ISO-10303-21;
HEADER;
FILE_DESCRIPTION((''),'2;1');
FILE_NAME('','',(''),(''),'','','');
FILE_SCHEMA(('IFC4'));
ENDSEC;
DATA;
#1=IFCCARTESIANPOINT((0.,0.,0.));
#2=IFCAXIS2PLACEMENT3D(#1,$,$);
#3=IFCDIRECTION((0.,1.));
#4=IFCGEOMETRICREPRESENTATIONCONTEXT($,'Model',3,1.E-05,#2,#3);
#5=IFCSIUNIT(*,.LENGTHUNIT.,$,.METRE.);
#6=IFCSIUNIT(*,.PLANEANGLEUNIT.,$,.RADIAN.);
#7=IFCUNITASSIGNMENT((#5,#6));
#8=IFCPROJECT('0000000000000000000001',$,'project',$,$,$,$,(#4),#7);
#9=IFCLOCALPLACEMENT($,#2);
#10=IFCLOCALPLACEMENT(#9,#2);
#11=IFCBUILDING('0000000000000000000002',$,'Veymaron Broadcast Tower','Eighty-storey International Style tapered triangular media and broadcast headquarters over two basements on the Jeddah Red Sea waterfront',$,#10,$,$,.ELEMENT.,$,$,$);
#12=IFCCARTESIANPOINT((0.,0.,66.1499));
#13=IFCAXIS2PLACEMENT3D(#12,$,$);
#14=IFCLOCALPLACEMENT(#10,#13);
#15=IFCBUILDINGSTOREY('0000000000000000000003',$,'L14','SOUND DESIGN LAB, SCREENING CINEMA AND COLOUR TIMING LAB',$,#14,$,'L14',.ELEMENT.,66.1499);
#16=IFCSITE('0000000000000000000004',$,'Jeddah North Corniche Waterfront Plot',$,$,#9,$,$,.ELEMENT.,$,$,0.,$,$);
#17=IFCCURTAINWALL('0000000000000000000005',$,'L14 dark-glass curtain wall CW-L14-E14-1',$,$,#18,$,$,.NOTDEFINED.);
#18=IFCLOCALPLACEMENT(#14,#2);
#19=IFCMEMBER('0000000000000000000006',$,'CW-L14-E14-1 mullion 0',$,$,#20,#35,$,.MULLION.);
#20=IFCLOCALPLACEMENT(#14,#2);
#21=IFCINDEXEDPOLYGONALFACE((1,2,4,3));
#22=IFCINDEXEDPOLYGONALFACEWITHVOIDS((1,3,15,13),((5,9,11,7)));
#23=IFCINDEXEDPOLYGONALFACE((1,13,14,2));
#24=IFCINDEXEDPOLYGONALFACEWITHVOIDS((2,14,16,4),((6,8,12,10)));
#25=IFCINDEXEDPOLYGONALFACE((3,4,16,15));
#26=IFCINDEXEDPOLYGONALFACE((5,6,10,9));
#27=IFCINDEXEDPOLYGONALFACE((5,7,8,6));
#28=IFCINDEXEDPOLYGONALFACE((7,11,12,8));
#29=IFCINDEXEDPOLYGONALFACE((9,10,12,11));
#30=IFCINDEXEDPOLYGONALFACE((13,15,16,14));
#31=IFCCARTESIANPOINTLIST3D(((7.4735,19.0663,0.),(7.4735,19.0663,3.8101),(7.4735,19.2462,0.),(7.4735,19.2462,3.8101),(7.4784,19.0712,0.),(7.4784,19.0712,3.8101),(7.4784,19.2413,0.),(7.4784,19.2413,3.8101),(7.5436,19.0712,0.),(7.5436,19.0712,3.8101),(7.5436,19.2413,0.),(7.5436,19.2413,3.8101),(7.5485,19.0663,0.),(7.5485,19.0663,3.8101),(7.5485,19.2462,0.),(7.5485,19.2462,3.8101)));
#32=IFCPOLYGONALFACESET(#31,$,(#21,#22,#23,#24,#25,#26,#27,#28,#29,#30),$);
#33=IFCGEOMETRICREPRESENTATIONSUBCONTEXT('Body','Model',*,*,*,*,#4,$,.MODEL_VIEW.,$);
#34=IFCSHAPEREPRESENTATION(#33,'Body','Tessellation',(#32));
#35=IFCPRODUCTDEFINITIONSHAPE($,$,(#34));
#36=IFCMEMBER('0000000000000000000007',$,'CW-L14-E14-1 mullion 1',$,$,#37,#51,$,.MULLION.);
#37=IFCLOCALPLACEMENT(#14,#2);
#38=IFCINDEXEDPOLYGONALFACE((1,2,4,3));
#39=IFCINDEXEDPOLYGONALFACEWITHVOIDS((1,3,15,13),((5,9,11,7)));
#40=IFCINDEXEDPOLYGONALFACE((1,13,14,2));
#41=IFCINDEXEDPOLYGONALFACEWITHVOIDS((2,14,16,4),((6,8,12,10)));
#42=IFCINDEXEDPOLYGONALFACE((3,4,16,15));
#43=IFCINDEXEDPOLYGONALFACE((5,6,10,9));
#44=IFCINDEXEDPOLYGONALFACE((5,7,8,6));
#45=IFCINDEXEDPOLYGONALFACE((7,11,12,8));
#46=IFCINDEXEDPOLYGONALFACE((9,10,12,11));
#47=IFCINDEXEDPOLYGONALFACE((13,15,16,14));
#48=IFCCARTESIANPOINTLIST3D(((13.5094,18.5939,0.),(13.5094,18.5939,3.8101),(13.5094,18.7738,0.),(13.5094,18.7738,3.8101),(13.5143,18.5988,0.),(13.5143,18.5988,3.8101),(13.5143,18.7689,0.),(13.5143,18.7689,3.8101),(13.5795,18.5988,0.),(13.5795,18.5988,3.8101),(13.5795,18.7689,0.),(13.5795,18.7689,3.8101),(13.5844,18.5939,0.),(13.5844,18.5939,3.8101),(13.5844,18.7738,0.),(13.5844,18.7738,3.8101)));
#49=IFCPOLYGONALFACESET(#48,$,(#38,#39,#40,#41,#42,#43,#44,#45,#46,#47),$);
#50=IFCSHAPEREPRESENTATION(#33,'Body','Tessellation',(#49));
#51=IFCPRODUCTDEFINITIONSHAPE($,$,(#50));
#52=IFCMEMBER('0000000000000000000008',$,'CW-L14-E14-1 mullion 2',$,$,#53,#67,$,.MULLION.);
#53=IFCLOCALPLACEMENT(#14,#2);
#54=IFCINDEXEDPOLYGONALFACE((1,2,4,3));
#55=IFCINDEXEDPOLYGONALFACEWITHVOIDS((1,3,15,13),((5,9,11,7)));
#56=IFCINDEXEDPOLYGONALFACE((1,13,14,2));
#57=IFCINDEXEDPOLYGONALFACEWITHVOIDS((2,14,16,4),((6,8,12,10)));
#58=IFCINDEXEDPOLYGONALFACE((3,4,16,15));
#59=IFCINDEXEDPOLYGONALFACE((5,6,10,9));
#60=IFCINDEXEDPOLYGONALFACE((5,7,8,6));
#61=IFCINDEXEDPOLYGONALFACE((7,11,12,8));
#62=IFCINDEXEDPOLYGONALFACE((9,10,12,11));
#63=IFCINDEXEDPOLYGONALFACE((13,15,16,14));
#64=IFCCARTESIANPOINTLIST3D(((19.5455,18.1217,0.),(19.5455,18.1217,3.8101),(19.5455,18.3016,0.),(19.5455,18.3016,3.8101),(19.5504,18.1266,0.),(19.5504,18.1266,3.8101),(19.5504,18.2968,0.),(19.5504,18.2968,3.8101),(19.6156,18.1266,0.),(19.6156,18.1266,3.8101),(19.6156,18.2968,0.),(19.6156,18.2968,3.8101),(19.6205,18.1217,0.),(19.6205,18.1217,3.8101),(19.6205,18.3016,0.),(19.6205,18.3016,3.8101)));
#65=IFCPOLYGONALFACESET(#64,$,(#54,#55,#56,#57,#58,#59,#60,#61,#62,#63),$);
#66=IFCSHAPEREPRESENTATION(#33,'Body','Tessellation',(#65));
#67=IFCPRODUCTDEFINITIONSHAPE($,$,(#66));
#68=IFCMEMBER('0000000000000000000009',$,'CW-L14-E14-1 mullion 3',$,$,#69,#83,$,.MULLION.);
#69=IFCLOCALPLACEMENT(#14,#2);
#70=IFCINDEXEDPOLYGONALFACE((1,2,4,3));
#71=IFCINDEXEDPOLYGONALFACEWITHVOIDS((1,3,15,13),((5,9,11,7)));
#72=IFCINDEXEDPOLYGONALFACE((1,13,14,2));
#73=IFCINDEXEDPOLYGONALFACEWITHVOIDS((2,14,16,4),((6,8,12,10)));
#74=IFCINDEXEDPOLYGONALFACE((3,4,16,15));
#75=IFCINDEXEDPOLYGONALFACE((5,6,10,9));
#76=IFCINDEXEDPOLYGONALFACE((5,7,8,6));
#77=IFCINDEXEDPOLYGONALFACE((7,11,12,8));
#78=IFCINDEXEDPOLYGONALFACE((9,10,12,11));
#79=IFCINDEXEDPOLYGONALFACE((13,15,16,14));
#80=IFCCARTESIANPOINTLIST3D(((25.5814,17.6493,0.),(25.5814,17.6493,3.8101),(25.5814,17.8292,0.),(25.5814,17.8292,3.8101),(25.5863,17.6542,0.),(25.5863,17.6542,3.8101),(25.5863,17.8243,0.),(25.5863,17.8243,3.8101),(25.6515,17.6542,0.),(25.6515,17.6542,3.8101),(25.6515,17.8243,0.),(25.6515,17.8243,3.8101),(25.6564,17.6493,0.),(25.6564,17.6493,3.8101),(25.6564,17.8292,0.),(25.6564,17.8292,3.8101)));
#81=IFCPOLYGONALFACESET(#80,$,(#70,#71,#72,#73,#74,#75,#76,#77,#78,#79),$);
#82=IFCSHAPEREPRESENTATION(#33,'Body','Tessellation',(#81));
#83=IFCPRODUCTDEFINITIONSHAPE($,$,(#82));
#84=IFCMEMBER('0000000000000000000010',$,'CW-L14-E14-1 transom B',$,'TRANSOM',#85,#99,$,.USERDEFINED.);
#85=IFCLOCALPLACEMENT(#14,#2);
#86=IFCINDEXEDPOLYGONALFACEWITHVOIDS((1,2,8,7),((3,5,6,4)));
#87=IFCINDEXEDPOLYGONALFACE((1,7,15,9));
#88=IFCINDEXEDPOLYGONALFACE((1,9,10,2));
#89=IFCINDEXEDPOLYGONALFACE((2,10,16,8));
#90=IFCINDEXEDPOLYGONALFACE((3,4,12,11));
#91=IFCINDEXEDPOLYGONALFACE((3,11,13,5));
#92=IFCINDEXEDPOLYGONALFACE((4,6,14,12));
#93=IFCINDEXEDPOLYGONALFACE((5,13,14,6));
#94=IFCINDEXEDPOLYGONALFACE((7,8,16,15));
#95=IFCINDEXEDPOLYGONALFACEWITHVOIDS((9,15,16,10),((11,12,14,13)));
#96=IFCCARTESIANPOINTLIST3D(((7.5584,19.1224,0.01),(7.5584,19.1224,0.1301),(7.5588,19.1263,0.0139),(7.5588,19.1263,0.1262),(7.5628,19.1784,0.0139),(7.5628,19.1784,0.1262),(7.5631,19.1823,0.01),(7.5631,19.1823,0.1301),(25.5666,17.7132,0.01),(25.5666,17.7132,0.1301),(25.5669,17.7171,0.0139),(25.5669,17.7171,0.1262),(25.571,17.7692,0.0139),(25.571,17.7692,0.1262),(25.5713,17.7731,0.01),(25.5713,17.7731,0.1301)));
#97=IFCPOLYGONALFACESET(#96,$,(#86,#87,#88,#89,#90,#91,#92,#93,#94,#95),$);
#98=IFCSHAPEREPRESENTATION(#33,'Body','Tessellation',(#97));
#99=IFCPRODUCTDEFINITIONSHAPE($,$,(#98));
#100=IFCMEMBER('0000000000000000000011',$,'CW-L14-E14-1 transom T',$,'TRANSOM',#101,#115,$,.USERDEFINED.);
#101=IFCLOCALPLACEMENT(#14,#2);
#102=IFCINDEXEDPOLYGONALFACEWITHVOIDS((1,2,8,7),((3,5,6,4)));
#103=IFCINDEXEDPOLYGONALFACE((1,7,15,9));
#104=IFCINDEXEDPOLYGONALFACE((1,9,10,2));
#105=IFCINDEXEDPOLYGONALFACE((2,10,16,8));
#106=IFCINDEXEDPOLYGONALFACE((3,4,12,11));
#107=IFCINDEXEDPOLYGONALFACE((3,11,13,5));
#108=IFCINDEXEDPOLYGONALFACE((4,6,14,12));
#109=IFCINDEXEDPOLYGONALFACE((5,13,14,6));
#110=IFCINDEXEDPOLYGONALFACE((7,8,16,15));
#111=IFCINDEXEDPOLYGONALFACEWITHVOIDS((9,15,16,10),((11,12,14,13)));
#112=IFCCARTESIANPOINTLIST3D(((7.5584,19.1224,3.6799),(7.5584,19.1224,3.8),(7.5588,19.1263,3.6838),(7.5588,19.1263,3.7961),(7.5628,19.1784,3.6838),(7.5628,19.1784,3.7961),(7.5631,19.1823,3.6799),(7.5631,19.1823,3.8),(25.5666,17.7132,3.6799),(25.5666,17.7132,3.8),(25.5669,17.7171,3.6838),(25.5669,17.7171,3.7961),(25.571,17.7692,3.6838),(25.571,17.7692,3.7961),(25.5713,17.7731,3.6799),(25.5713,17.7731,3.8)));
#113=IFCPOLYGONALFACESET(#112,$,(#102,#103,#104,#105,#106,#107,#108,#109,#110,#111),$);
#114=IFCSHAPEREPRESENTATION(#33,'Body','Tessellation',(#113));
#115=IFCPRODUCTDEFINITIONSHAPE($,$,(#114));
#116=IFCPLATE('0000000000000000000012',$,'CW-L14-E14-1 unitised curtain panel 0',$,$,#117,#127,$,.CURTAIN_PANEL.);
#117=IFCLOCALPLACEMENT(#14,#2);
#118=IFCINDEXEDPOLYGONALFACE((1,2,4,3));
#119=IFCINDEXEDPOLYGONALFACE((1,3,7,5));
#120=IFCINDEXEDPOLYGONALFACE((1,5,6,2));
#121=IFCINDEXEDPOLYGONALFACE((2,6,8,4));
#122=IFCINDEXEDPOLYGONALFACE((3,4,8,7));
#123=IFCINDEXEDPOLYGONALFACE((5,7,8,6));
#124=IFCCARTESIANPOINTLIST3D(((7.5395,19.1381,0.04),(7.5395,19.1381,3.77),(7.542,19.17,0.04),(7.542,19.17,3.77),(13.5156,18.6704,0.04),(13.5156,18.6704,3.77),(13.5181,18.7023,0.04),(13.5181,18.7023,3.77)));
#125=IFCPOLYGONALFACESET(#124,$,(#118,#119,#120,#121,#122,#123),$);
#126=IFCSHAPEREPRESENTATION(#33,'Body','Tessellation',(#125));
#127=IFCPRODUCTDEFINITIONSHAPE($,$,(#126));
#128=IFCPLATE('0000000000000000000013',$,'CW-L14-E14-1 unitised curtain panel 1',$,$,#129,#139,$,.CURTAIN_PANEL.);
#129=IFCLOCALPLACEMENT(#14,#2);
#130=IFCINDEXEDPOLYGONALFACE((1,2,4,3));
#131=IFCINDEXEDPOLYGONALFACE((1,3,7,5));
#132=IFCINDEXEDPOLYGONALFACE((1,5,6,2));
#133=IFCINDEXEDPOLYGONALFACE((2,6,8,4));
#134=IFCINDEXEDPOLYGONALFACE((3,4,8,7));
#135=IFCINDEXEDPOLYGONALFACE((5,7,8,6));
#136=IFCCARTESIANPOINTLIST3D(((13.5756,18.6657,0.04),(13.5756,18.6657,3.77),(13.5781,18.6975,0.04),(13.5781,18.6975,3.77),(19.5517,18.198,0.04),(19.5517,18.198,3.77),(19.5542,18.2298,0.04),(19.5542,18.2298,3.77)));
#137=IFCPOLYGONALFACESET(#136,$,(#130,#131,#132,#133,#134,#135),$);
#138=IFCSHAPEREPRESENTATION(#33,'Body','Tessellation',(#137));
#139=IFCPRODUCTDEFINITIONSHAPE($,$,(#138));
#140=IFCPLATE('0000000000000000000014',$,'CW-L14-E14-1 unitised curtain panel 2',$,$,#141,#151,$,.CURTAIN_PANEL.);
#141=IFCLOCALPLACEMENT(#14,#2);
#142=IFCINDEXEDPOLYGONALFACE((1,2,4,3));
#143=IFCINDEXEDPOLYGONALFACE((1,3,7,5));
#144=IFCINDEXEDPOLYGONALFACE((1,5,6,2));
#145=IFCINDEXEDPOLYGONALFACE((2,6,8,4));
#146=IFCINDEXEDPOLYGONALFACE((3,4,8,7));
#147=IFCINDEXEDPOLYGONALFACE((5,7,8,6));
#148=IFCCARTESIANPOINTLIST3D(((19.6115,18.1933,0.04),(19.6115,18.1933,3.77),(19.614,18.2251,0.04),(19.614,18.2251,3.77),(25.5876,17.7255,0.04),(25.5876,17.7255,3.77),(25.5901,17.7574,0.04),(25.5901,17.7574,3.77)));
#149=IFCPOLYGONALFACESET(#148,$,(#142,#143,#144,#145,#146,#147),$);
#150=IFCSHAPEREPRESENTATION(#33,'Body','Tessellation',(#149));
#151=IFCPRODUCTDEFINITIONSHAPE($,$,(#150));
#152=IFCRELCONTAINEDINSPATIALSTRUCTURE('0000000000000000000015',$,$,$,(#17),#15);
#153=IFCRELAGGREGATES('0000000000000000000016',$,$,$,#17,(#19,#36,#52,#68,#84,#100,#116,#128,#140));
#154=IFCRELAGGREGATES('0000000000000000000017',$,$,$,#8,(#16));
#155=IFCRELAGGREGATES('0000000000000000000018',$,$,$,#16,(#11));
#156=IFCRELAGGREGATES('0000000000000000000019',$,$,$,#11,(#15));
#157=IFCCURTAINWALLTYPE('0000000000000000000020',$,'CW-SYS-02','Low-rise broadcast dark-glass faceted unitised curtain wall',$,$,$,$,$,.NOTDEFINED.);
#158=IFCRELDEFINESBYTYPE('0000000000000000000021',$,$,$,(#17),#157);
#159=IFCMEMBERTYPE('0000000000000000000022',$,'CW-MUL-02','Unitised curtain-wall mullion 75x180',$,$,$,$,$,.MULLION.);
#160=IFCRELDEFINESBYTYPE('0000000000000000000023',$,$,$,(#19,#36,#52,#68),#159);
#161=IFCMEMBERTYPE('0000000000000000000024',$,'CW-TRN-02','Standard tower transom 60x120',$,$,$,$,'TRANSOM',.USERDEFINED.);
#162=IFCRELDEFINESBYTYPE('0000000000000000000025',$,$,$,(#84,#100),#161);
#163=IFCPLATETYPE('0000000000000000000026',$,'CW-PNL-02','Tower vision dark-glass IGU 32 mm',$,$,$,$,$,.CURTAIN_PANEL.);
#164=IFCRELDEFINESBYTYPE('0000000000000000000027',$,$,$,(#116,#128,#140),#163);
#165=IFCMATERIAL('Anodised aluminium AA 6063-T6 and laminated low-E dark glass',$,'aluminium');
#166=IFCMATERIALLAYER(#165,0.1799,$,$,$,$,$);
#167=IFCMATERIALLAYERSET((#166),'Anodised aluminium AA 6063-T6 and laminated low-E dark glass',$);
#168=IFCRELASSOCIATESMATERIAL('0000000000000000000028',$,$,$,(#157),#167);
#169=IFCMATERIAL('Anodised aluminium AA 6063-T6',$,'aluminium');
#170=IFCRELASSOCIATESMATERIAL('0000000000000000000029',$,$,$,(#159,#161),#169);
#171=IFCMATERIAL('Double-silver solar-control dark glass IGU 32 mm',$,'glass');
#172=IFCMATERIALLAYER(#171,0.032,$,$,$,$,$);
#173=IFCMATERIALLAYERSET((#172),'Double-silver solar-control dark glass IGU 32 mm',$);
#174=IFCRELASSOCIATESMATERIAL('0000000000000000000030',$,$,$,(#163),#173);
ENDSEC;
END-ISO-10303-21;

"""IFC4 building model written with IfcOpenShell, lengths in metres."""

from ifc_helpers import new_model, si_unit, direction, frame, origin, origin_2d, place, context, subcontext, project, spatial, rectangle, hollow_rectangle, extrude, material, layer, layer_set, material_profile, profile_set, type_object, element, aggregate, save


model = new_model("IFC4")

# Units and contexts
model_context = context("Model", 3, precision=1e-05, world=origin(), true_north=direction((0.0, 1.0)))
body_context = subcontext(model_context, "Body", "Model", "MODEL_VIEW")
ifc_project = project(units=[si_unit("LENGTHUNIT", "METRE"), si_unit("PLANEANGLEUNIT", "RADIAN")], contexts=[model_context])

# Site, building, storey
site_placement = place(None, origin())
site = spatial("IfcSite", under=ifc_project, at=site_placement, Name="Jeddah North Corniche Waterfront Plot", CompositionType="ELEMENT", RefElevation=0.0)
building_placement = place(site_placement, origin())
building = spatial("IfcBuilding", under=site, at=building_placement, Name="Veymaron Broadcast Tower", Description="Eighty-storey International Style tapered triangular media and broadcast headquarters over two basements on the Jeddah Red Sea waterfront", CompositionType="ELEMENT")
storey_placement = place(building_placement, frame((0.0, 0.0, 66.1499)))
storey = spatial("IfcBuildingStorey", under=building, at=storey_placement, Name="L14", Description="SOUND DESIGN LAB, SCREENING CINEMA AND COLOUR TIMING LAB", LongName="L14", CompositionType="ELEMENT", Elevation=66.1499)

# Curtain wall, members, plates
ifc_material_1 = material(Name="Anodised aluminium AA 6063-T6 and laminated low-E dark glass", Category="aluminium")
ifc_layer_1 = layer(ifc_material_1, 0.1799)
ifc_layer_set_1 = layer_set([ifc_layer_1], Name="Anodised aluminium AA 6063-T6 and laminated low-E dark glass")
curtain_wall_type = type_object("IfcCurtainWallType", Name="CW-SYS-02", Description="Low-rise broadcast dark-glass faceted unitised curtain wall", PredefinedType="NOTDEFINED", material=ifc_layer_set_1)
curtain_wall_placement = place(storey_placement, origin())
curtain_wall = element("IfcCurtainWall", 1, at=curtain_wall_placement, inside=storey, type_object=curtain_wall_type, Name="L14 dark-glass curtain wall CW-L14-E14-1", PredefinedType="NOTDEFINED")
ifc_material_2 = material(Name="Anodised aluminium AA 6063-T6", Category="aluminium")
ifc_material_profile_1 = material_profile(ifc_material_2, hollow_rectangle(XDim=0.075, YDim=0.1799, WallThickness=0.0049, at=origin_2d()), Name="AL180X75X5")
ifc_profile_set_1 = profile_set([ifc_material_profile_1], Name="Anodised aluminium AA 6063-T6")
member_type_1 = type_object("IfcMemberType", Name="CW-MUL-02", Description="Unitised curtain-wall mullion 75x180", PredefinedType="MULLION", material=ifc_profile_set_1)
member_1_placement = place(storey_placement, frame((7.511, 19.1562, 0.0), z_axis=(0.0, 0.0, 1.0), x_axis=(1.0, 0.0, 0.0)))
member_1 = element("IfcMember", 2, at=member_1_placement, type_object=member_type_1, Name="CW-L14-E14-1 mullion 0", PredefinedType="MULLION", context=body_context, shape_type="SweptSolid", body=[
    extrude(hollow_rectangle(XDim=0.075, YDim=0.1799, WallThickness=0.0049, at=origin_2d()), origin(), (0.0, 0.0, 1.0), 3.8101),
])
member_2_placement = place(storey_placement, frame((13.5469, 18.6838, 0.0), z_axis=(0.0, 0.0, 1.0), x_axis=(1.0, 0.0, 0.0)))
member_2 = element("IfcMember", 3, at=member_2_placement, type_object=member_type_1, Name="CW-L14-E14-1 mullion 1", PredefinedType="MULLION", context=body_context, shape_type="SweptSolid", body=[
    extrude(hollow_rectangle(XDim=0.075, YDim=0.1799, WallThickness=0.0049, at=origin_2d()), origin(), (0.0, 0.0, 1.0), 3.8101),
])
member_3_placement = place(storey_placement, frame((19.583, 18.2117, 0.0), z_axis=(0.0, 0.0, 1.0), x_axis=(1.0, 0.0, 0.0)))
member_3 = element("IfcMember", 4, at=member_3_placement, type_object=member_type_1, Name="CW-L14-E14-1 mullion 2", PredefinedType="MULLION", context=body_context, shape_type="SweptSolid", body=[
    extrude(hollow_rectangle(XDim=0.075, YDim=0.1799, WallThickness=0.0049, at=origin_2d()), origin(), (0.0, 0.0, 1.0), 3.8101),
])
member_4_placement = place(storey_placement, frame((25.6189, 17.7393, 0.0), z_axis=(0.0, 0.0, 1.0), x_axis=(1.0, 0.0, 0.0)))
member_4 = element("IfcMember", 5, at=member_4_placement, type_object=member_type_1, Name="CW-L14-E14-1 mullion 3", PredefinedType="MULLION", context=body_context, shape_type="SweptSolid", body=[
    extrude(hollow_rectangle(XDim=0.075, YDim=0.1799, WallThickness=0.0049, at=origin_2d()), origin(), (0.0, 0.0, 1.0), 3.8101),
])
ifc_material_profile_2 = material_profile(ifc_material_2, hollow_rectangle(XDim=0.0601, YDim=0.1201, WallThickness=0.0039, at=origin_2d()), Name="AL120X60X4")
ifc_profile_set_2 = profile_set([ifc_material_profile_2], Name="Anodised aluminium AA 6063-T6")
member_type_2 = type_object("IfcMemberType", Name="CW-TRN-02", Description="Standard tower transom 60x120", ElementType="TRANSOM", PredefinedType="USERDEFINED", material=ifc_profile_set_2)
member_5_placement = place(storey_placement, frame((7.5608, 19.1523, 0.0701), z_axis=(0.996952, -0.078013, 0.0), x_axis=(0.078013, 0.996952, 0.0)))
member_5 = element("IfcMember", 6, at=member_5_placement, type_object=member_type_2, Name="CW-L14-E14-1 transom B", ObjectType="TRANSOM", PredefinedType="USERDEFINED", context=body_context, shape_type="SweptSolid", body=[
    extrude(hollow_rectangle(XDim=0.0601, YDim=0.1201, WallThickness=0.0039, at=origin_2d()), origin(), (0.0, 0.0, 1.0), 18.0632),
])
member_6_placement = place(storey_placement, frame((7.5608, 19.1523, 3.74), z_axis=(0.996952, -0.078013, 0.0), x_axis=(0.078013, 0.996952, 0.0)))
member_6 = element("IfcMember", 7, at=member_6_placement, type_object=member_type_2, Name="CW-L14-E14-1 transom T", ObjectType="TRANSOM", PredefinedType="USERDEFINED", context=body_context, shape_type="SweptSolid", body=[
    extrude(hollow_rectangle(XDim=0.0601, YDim=0.1201, WallThickness=0.0039, at=origin_2d()), origin(), (0.0, 0.0, 1.0), 18.0632),
])
ifc_material_3 = material(Name="Double-silver solar-control dark glass IGU 32 mm", Category="glass")
ifc_layer_2 = layer(ifc_material_3, 0.032)
ifc_layer_set_2 = layer_set([ifc_layer_2], Name="Double-silver solar-control dark glass IGU 32 mm")
plate_type = type_object("IfcPlateType", Name="CW-PNL-02", Description="Tower vision dark-glass IGU 32 mm", PredefinedType="CURTAIN_PANEL", material=ifc_layer_set_2)
plate_1_placement = place(storey_placement, frame((10.5288, 18.9202, 0.04), z_axis=(0.0, 0.0, 1.0), x_axis=(0.996951, -0.078024, 0.0)))
plate_1 = element("IfcPlate", 8, at=plate_1_placement, type_object=plate_type, Name="CW-L14-E14-1 unitised curtain panel 0", PredefinedType="CURTAIN_PANEL", context=body_context, shape_type="SweptSolid", body=[
    extrude(rectangle(XDim=5.9944, YDim=0.032, at=origin_2d()), origin(), (0.0, 0.0, 1.0), 3.73),
])
plate_2_placement = place(storey_placement, frame((16.5649, 18.4478, 0.04), z_axis=(0.0, 0.0, 1.0), x_axis=(0.996951, -0.078024, 0.0)))
plate_2 = element("IfcPlate", 9, at=plate_2_placement, type_object=plate_type, Name="CW-L14-E14-1 unitised curtain panel 1", PredefinedType="CURTAIN_PANEL", context=body_context, shape_type="SweptSolid", body=[
    extrude(rectangle(XDim=5.9944, YDim=0.032, at=origin_2d()), origin(), (0.0, 0.0, 1.0), 3.73),
])
plate_3_placement = place(storey_placement, frame((22.6008, 17.9753, 0.04), z_axis=(0.0, 0.0, 1.0), x_axis=(0.996951, -0.078024, 0.0)))
plate_3 = element("IfcPlate", 10, at=plate_3_placement, type_object=plate_type, Name="CW-L14-E14-1 unitised curtain panel 2", PredefinedType="CURTAIN_PANEL", context=body_context, shape_type="SweptSolid", body=[
    extrude(rectangle(XDim=5.9944, YDim=0.032, at=origin_2d()), origin(), (0.0, 0.0, 1.0), 3.73),
])
aggregate(curtain_wall, [member_1, member_2, member_3, member_4, member_5, member_6, plate_1, plate_2, plate_3])

save(model, "model.ifc")
